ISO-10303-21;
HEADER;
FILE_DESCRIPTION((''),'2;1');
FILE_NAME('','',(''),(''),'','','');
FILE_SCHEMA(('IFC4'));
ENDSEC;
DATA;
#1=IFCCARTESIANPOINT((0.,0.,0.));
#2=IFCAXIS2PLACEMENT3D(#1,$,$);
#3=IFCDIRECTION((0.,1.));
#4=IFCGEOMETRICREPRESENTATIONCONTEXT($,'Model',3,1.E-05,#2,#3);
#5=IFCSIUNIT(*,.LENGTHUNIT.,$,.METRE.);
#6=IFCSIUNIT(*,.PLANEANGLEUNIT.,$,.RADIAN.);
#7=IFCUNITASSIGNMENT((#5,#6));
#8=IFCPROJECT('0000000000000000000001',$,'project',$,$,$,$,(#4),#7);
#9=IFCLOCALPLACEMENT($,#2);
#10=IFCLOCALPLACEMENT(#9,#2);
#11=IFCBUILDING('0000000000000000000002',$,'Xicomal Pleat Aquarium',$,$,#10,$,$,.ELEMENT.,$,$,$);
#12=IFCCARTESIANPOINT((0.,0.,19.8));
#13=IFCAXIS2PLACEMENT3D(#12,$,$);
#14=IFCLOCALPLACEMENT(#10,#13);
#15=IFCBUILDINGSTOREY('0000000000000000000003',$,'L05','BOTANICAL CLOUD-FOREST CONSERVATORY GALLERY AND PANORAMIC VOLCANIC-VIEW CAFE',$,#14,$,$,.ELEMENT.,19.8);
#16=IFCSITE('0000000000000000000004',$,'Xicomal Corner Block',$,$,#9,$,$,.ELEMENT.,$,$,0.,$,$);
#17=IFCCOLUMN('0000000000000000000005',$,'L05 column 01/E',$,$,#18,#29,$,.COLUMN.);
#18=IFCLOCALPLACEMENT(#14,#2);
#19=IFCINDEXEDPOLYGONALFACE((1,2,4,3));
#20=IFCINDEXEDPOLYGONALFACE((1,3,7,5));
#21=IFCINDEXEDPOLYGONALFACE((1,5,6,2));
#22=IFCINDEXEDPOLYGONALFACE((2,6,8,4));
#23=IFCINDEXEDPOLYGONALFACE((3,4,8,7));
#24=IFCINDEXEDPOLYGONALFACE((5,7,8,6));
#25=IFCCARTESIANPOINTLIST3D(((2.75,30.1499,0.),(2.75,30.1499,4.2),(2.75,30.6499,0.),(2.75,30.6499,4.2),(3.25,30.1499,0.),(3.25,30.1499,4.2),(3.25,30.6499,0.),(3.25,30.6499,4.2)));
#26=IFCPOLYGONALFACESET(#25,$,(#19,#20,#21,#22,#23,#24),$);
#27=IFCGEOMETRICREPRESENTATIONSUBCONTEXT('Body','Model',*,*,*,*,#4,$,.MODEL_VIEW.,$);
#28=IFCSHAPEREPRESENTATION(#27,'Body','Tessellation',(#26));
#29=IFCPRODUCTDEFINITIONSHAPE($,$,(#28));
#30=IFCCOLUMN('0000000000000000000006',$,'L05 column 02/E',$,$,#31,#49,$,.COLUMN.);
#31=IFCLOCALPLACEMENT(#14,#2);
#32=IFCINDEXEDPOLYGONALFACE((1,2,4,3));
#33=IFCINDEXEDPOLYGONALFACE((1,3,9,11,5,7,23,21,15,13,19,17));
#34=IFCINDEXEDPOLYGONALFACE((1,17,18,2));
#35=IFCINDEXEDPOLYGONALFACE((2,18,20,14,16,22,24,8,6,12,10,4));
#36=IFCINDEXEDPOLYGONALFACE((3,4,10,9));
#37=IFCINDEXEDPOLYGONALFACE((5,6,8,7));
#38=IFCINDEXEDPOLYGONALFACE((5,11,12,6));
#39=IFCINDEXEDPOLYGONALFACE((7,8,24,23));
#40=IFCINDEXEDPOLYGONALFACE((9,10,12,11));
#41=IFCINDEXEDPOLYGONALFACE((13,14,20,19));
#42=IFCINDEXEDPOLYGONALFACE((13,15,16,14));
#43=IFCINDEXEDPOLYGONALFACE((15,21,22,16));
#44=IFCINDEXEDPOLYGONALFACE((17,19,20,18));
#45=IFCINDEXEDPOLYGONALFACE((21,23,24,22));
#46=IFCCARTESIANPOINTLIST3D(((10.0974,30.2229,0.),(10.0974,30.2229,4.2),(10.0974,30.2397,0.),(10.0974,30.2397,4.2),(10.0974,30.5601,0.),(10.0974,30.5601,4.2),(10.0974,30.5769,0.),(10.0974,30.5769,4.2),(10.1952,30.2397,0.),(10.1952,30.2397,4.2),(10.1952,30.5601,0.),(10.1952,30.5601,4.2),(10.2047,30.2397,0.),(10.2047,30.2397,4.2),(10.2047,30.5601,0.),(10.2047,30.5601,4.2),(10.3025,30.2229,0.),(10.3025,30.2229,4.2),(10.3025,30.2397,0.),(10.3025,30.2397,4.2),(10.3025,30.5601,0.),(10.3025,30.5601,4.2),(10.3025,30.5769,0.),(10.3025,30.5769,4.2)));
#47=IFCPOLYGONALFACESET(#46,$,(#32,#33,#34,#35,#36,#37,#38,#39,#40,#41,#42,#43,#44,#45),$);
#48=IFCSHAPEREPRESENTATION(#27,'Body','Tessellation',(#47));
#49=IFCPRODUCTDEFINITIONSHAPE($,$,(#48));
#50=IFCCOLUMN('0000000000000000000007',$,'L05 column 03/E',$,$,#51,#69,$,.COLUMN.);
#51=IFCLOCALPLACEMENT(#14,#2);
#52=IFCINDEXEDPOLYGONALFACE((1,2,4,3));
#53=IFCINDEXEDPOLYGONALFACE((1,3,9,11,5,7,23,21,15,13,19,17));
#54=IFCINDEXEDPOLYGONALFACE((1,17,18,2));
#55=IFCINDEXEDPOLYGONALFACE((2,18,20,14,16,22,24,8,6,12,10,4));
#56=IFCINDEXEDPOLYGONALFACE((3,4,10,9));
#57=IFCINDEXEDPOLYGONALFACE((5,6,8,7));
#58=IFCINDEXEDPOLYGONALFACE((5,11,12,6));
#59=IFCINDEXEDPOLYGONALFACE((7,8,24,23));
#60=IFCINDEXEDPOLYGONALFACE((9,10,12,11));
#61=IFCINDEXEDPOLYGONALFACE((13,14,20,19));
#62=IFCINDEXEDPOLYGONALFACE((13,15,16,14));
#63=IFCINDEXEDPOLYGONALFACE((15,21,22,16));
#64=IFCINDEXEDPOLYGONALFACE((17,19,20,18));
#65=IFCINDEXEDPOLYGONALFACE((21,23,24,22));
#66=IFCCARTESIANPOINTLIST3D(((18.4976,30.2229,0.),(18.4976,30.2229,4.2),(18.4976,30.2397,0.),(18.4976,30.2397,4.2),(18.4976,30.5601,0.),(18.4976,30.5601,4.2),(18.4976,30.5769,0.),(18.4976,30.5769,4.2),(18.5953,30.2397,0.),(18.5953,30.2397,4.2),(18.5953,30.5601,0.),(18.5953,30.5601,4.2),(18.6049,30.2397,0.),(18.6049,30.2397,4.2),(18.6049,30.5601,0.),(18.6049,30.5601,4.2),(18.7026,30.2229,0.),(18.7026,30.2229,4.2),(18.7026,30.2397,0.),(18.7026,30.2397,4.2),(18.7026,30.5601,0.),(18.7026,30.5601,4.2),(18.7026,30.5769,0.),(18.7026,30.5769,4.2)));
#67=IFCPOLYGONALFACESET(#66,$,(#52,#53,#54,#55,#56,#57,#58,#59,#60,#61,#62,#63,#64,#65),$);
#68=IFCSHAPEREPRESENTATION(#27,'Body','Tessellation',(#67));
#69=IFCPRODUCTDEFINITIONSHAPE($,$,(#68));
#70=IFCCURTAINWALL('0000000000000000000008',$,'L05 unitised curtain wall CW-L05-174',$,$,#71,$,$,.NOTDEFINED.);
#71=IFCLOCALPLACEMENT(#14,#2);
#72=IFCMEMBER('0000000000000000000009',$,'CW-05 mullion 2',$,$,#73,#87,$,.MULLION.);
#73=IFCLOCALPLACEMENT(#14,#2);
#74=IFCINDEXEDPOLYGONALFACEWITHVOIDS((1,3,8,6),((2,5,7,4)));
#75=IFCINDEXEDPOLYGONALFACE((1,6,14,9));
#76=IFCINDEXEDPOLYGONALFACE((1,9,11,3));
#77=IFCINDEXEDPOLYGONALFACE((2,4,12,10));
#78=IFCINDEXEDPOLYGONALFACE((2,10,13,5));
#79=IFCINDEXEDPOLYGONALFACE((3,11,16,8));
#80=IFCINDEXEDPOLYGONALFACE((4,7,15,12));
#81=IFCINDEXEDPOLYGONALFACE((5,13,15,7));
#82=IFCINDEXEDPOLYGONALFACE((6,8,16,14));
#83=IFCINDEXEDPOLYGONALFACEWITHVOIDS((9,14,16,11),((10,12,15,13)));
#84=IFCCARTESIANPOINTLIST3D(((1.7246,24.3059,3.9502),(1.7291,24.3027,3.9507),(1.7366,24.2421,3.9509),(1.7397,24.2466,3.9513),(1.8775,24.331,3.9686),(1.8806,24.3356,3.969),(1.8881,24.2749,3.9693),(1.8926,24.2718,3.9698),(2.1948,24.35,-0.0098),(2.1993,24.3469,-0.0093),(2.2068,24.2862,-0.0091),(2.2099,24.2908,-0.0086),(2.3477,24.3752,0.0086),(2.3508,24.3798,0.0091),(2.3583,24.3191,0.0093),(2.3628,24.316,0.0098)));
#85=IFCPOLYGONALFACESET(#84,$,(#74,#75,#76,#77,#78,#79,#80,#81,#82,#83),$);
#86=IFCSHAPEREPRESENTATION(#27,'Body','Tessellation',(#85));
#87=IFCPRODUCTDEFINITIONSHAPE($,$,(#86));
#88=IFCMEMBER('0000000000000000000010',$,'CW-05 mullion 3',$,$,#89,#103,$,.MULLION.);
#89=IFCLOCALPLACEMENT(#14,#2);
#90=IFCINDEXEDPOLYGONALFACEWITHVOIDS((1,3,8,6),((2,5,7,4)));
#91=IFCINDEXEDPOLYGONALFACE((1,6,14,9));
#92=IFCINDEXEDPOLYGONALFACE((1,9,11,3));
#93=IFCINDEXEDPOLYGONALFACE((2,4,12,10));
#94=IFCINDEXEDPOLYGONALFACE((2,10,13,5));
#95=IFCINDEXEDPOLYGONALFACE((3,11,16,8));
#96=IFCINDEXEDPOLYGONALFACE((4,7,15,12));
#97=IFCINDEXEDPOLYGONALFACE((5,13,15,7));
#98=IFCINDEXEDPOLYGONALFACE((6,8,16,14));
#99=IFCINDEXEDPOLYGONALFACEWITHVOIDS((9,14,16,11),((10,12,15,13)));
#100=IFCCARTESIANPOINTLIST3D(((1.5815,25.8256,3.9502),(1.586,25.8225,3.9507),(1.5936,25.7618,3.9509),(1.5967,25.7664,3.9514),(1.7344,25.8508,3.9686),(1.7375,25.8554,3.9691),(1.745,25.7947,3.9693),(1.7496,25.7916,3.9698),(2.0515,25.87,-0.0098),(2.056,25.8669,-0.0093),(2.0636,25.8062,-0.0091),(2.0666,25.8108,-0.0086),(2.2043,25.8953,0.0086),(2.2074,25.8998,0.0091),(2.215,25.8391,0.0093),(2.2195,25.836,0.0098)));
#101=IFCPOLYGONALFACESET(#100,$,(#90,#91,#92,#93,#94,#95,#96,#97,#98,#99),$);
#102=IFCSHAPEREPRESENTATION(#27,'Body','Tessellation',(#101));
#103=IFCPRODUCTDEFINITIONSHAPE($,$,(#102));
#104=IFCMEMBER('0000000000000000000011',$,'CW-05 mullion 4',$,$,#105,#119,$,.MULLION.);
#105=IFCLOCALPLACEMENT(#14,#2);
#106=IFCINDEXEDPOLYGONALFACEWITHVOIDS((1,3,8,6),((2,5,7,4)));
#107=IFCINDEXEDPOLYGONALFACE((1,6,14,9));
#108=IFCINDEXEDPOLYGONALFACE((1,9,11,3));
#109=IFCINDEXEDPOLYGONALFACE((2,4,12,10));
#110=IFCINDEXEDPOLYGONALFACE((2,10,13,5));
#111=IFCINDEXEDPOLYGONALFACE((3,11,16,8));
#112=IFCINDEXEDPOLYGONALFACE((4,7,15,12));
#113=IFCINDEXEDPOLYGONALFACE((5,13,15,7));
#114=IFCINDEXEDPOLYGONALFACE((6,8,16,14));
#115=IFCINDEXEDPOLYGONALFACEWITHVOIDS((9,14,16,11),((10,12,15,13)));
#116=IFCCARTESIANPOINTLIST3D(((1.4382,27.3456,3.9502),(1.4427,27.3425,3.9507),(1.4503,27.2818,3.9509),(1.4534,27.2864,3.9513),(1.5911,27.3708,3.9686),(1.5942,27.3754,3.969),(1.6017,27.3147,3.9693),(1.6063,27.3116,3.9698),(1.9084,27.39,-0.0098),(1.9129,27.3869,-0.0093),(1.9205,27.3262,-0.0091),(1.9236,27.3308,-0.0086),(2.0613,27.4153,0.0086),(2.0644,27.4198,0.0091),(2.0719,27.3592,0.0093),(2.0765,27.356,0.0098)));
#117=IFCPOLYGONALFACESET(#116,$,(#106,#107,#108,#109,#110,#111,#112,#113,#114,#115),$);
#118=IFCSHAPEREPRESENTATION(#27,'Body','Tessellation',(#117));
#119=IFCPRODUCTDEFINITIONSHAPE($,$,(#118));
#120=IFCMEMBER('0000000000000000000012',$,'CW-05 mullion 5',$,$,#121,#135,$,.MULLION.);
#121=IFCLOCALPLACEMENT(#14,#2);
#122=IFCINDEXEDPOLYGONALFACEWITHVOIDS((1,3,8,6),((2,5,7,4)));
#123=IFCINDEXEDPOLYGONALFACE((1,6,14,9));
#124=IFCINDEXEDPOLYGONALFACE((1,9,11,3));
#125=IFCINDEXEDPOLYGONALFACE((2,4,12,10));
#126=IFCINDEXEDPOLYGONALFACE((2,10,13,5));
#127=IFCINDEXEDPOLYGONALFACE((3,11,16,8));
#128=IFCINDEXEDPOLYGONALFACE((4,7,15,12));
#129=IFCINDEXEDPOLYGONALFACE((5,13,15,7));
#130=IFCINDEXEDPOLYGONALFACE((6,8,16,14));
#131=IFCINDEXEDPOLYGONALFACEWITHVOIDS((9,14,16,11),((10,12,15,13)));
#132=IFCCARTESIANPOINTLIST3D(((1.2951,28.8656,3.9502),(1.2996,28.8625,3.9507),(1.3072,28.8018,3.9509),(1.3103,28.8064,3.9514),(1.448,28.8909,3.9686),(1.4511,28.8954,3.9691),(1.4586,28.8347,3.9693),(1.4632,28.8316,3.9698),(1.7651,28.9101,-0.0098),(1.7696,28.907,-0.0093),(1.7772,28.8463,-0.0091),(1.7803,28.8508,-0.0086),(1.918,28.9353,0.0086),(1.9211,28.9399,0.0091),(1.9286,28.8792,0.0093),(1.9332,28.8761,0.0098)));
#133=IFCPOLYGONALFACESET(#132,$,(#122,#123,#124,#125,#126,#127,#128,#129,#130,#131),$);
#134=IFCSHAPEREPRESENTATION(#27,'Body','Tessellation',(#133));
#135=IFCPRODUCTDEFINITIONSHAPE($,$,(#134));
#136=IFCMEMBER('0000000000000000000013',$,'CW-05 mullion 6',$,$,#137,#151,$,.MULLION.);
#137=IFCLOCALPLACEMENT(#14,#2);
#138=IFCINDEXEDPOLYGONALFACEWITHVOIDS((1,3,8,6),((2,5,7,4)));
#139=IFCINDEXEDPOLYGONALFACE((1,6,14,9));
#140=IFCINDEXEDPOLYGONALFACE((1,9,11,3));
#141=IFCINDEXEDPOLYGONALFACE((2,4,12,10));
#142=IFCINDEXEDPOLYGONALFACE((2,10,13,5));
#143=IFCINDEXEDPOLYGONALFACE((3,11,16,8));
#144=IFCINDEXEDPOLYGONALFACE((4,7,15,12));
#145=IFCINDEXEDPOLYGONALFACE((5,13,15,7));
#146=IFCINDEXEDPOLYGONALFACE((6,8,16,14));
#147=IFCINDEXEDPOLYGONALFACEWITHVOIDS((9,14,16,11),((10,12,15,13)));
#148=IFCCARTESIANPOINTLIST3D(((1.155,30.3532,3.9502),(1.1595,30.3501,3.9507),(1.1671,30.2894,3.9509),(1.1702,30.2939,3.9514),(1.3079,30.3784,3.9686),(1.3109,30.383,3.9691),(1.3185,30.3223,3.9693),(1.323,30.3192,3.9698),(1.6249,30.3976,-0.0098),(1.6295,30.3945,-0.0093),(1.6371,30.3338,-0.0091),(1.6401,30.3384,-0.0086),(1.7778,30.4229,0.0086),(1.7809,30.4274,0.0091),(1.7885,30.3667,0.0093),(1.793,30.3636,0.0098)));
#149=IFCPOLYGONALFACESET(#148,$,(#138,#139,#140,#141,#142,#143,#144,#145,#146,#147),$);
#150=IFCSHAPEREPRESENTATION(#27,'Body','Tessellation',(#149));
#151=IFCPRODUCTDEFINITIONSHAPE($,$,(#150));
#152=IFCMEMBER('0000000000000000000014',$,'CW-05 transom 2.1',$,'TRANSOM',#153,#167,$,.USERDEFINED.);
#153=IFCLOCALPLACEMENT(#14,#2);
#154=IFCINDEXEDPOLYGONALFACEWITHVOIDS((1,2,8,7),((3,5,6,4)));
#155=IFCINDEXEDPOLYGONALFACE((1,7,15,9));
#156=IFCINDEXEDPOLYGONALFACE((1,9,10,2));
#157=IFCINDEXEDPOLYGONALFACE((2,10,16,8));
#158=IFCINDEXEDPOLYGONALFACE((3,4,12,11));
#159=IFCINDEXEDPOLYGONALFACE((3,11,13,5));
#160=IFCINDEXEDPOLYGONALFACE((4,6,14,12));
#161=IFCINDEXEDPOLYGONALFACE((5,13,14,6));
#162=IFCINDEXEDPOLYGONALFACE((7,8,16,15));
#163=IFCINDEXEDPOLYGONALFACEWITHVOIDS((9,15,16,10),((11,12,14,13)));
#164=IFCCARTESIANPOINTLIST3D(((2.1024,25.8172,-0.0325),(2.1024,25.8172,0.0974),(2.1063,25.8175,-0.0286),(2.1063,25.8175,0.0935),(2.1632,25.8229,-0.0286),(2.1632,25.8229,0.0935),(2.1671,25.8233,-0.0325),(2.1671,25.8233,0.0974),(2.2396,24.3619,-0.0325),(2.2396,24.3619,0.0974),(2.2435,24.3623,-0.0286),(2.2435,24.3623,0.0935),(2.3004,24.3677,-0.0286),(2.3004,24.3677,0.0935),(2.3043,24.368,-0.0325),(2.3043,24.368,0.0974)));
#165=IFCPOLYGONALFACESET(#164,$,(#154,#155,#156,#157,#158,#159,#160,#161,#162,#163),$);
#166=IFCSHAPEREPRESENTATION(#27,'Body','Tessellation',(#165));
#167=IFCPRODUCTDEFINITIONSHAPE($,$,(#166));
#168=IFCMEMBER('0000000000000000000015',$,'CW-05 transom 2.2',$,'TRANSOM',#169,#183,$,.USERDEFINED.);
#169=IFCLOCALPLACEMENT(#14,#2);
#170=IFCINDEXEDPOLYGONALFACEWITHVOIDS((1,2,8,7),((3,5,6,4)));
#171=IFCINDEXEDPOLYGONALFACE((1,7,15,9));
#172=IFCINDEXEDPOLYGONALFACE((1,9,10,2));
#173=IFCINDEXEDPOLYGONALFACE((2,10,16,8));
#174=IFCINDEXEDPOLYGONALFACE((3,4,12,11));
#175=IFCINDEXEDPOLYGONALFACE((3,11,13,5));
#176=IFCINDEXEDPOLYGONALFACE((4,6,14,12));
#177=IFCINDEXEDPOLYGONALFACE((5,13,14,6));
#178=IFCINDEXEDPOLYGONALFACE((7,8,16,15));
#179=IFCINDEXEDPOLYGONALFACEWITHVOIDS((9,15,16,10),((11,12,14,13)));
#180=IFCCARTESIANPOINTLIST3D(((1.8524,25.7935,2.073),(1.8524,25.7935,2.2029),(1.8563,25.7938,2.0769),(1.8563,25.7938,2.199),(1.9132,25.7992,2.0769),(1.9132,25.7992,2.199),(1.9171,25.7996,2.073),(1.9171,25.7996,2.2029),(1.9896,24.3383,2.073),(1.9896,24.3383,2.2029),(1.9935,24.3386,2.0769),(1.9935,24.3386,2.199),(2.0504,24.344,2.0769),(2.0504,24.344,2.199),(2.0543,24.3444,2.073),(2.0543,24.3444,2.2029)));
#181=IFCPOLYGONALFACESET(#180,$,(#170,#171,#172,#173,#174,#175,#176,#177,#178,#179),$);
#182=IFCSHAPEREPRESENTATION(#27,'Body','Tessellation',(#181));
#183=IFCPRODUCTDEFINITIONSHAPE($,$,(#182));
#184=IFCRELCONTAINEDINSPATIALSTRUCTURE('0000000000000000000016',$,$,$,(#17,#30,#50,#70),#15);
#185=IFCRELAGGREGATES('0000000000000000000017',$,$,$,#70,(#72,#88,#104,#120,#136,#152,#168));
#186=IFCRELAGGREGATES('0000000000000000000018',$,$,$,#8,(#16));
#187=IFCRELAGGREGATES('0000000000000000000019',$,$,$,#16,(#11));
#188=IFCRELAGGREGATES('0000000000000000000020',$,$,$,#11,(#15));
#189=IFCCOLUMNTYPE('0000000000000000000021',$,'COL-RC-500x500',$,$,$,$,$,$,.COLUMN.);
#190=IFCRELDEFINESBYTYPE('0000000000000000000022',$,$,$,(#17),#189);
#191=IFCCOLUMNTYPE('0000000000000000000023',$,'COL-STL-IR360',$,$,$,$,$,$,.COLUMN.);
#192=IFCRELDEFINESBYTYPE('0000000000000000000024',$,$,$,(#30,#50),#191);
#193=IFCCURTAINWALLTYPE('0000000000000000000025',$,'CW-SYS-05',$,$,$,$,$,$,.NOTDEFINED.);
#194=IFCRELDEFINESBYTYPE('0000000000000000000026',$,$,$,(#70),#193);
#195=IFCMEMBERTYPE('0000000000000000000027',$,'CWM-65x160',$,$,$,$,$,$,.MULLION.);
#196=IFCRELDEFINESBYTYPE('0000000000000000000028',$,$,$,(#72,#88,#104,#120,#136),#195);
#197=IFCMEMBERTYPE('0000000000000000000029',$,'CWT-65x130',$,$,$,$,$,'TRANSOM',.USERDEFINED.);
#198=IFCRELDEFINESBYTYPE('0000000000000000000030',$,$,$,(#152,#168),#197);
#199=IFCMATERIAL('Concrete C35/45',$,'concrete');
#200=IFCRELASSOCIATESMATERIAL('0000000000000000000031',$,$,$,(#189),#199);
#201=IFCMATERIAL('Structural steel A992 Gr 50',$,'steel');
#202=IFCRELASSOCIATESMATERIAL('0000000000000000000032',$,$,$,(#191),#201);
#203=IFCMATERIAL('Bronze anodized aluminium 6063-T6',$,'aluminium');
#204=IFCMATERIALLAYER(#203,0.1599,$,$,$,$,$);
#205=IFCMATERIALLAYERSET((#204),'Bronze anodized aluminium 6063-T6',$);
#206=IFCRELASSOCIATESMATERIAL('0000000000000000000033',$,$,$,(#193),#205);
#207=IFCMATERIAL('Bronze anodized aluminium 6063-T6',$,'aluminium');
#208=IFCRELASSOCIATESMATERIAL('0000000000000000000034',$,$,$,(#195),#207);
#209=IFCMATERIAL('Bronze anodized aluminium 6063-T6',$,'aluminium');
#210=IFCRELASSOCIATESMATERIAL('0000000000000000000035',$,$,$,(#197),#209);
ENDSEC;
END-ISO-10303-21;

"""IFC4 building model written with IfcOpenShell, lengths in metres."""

from ifc_helpers import new_model, si_unit, direction, frame, origin, origin_2d, place, context, subcontext, project, spatial, rectangle, hollow_rectangle, i_section, extrude, material, layer, layer_set, material_profile, profile_set, type_object, element, aggregate, save


model = new_model("IFC4")

# Units and contexts
model_context = context("Model", 3, precision=1e-05, world=origin(), true_north=direction((0.0, 1.0)))
body_context = subcontext(model_context, "Body", "Model", "MODEL_VIEW")
ifc_project = project(units=[si_unit("LENGTHUNIT", "METRE"), si_unit("PLANEANGLEUNIT", "RADIAN")], contexts=[model_context])

# Site, building, storey
site_placement = place(None, origin())
site = spatial("IfcSite", under=ifc_project, at=site_placement, Name="Xicomal Corner Block", CompositionType="ELEMENT", RefElevation=0.0)
building_placement = place(site_placement, origin())
building = spatial("IfcBuilding", under=site, at=building_placement, Name="Xicomal Pleat Aquarium", CompositionType="ELEMENT")
storey_placement = place(building_placement, frame((0.0, 0.0, 19.8)))
storey = spatial("IfcBuildingStorey", under=building, at=storey_placement, Name="L05", Description="BOTANICAL CLOUD-FOREST CONSERVATORY GALLERY AND PANORAMIC VOLCANIC-VIEW CAFE", CompositionType="ELEMENT", Elevation=19.8)

# Columns
ifc_material_1 = material(Name="Concrete C35/45", Category="concrete")
ifc_material_profile_1 = material_profile(ifc_material_1, rectangle(XDim=0.5, YDim=0.5, at=origin_2d()), Name="RC 500x500")
ifc_profile_set_1 = profile_set([ifc_material_profile_1], Name="Concrete C35/45")
column_type_1 = type_object("IfcColumnType", Name="COL-RC-500x500", PredefinedType="COLUMN", material=ifc_profile_set_1)
column_placement = place(storey_placement, frame((3.0, 30.3999, 0.0), z_axis=(0.0, 0.0, 1.0), x_axis=(1.0, 0.0, 0.0)))
element("IfcColumn", 1, at=column_placement, inside=storey, type_object=column_type_1, Name="L05 column 01/E", PredefinedType="COLUMN", context=body_context, shape_type="SweptSolid", body=[
    extrude(rectangle(XDim=0.5, YDim=0.5, at=origin_2d()), origin(), (0.0, 0.0, 1.0), 4.2),
])
ifc_material_2 = material(Name="Structural steel A992 Gr 50", Category="steel")
ifc_material_profile_2 = material_profile(ifc_material_2, i_section(OverallWidth=0.2051, OverallDepth=0.354, WebThickness=0.0095, FlangeThickness=0.0168, at=origin_2d()), Name="IR 360x79")
ifc_profile_set_2 = profile_set([ifc_material_profile_2], Name="Structural steel A992 Gr 50")
column_type_2 = type_object("IfcColumnType", Name="COL-STL-IR360", PredefinedType="COLUMN", material=ifc_profile_set_2)
for number, where, z_axis, x_axis, name in (
    (2, (10.2, 30.3999, 0.0), (0.0, 0.0, 1.0), (1.0, 0.0, 0.0), "L05 column 02/E"),
    (3, (18.6001, 30.3999, 0.0), (0.0, 0.0, 1.0), (1.0, 0.0, 0.0), "L05 column 03/E"),
):
    element("IfcColumn", number, at=place(storey_placement, frame(where, z_axis=z_axis, x_axis=x_axis)), inside=storey, type_object=column_type_2, Name=name, PredefinedType="COLUMN", context=body_context, shape_type="SweptSolid", body=[
        extrude(i_section(OverallWidth=0.2051, OverallDepth=0.354, WebThickness=0.0095, FlangeThickness=0.0168, at=origin_2d()), origin(), (0.0, 0.0, 1.0), 4.2),
    ])

# Curtain wall, members
ifc_material_3 = material(Name="Bronze anodized aluminium 6063-T6", Category="aluminium")
ifc_layer_1 = layer(ifc_material_3, 0.1599)
ifc_layer_set_1 = layer_set([ifc_layer_1], Name="Bronze anodized aluminium 6063-T6")
curtain_wall_type_1 = type_object("IfcCurtainWallType", Name="CW-SYS-05", PredefinedType="NOTDEFINED", material=ifc_layer_set_1)
curtain_wall_1_placement = place(storey_placement, origin())
curtain_wall_1 = element("IfcCurtainWall", 4, at=curtain_wall_1_placement, inside=storey, type_object=curtain_wall_type_1, Name="L05 unitised curtain wall CW-L05-174", PredefinedType="NOTDEFINED")
ifc_material_4 = material(Name="Bronze anodized aluminium 6063-T6", Category="aluminium")
ifc_material_profile_3 = material_profile(ifc_material_4, hollow_rectangle(XDim=0.0649, YDim=0.1599, WallThickness=0.0039, at=origin_2d()), Name="ALU MULL 65x160")
ifc_profile_set_3 = profile_set([ifc_material_profile_3], Name="Bronze anodized aluminium 6063-T6")
member_type_1 = type_object("IfcMemberType", Name="CWM-65x160", PredefinedType="MULLION", material=ifc_profile_set_3)
member_1_placement = place(storey_placement, frame((2.2788, 24.333, 0.0), z_axis=(-0.117907, -0.011081, 0.992963), x_axis=(-0.185879, 0.98251, -0.011108)))
member_1 = element("IfcMember", 5, at=member_1_placement, type_object=member_type_1, Name="CW-05 mullion 2", PredefinedType="MULLION", context=body_context, shape_type="SweptSolid", body=[
    extrude(hollow_rectangle(XDim=0.0649, YDim=0.1599, WallThickness=0.0039, at=origin_2d()), origin(), (0.0, 0.0, 1.0), 3.988),
])
member_2_placement = place(storey_placement, frame((2.1355, 25.853, 0.0), z_axis=(-0.117846, -0.011142, 0.992969), x_axis=(-0.186433, 0.982405, -0.011103)))
member_2 = element("IfcMember", 6, at=member_2_placement, type_object=member_type_1, Name="CW-05 mullion 3", PredefinedType="MULLION", context=body_context, shape_type="SweptSolid", body=[
    extrude(hollow_rectangle(XDim=0.0649, YDim=0.1599, WallThickness=0.0039, at=origin_2d()), origin(), (0.0, 0.0, 1.0), 3.988),
])
member_3_placement = place(storey_placement, frame((1.9924, 27.373, 0.0), z_axis=(-0.117907, -0.011142, 0.992962), x_axis=(-0.186385, 0.982414, -0.011108)))
member_3 = element("IfcMember", 7, at=member_3_placement, type_object=member_type_1, Name="CW-05 mullion 4", PredefinedType="MULLION", context=body_context, shape_type="SweptSolid", body=[
    extrude(hollow_rectangle(XDim=0.0649, YDim=0.1599, WallThickness=0.0039, at=origin_2d()), origin(), (0.0, 0.0, 1.0), 3.988),
])
member_4_placement = place(storey_placement, frame((1.8491, 28.8931, 0.0), z_axis=(-0.117846, -0.011142, 0.992969), x_axis=(-0.186433, 0.982405, -0.011103)))
member_4 = element("IfcMember", 8, at=member_4_placement, type_object=member_type_1, Name="CW-05 mullion 5", PredefinedType="MULLION", context=body_context, shape_type="SweptSolid", body=[
    extrude(hollow_rectangle(XDim=0.0649, YDim=0.1599, WallThickness=0.0039, at=origin_2d()), origin(), (0.0, 0.0, 1.0), 3.988),
])
member_5_placement = place(storey_placement, frame((1.709, 30.3806, 0.0), z_axis=(-0.117846, -0.011142, 0.992969), x_axis=(-0.186433, 0.982405, -0.011103)))
member_5 = element("IfcMember", 9, at=member_5_placement, type_object=member_type_1, Name="CW-05 mullion 6", PredefinedType="MULLION", context=body_context, shape_type="SweptSolid", body=[
    extrude(hollow_rectangle(XDim=0.0649, YDim=0.1599, WallThickness=0.0039, at=origin_2d()), origin(), (0.0, 0.0, 1.0), 3.988),
])
ifc_material_5 = material(Name="Bronze anodized aluminium 6063-T6", Category="aluminium")
ifc_material_profile_4 = material_profile(ifc_material_5, hollow_rectangle(XDim=0.0649, YDim=0.1299, WallThickness=0.0039, at=origin_2d()), Name="ALU TRAN 65x130")
ifc_profile_set_4 = profile_set([ifc_material_profile_4], Name="Bronze anodized aluminium 6063-T6")
member_type_2 = type_object("IfcMemberType", Name="CWT-65x130", ElementType="TRANSOM", PredefinedType="USERDEFINED", material=ifc_profile_set_4)
member_6_placement = place(storey_placement, frame((2.272, 24.365, 0.0325), z_axis=(-0.093863, 0.995585, 0.0), x_axis=(-0.995585, -0.093863, 0.0)))
member_6 = element("IfcMember", 10, at=member_6_placement, type_object=member_type_2, Name="CW-05 transom 2.1", ObjectType="TRANSOM", PredefinedType="USERDEFINED", context=body_context, shape_type="SweptSolid", body=[
    extrude(hollow_rectangle(XDim=0.0649, YDim=0.1299, WallThickness=0.0039, at=origin_2d()), origin(), (0.0, 0.0, 1.0), 1.4617),
])
member_7_placement = place(storey_placement, frame((2.022, 24.3413, 2.1379), z_axis=(-0.093863, 0.995585, 0.0), x_axis=(-0.995585, -0.093863, 0.0)))
member_7 = element("IfcMember", 11, at=member_7_placement, type_object=member_type_2, Name="CW-05 transom 2.2", ObjectType="TRANSOM", PredefinedType="USERDEFINED", context=body_context, shape_type="SweptSolid", body=[
    extrude(hollow_rectangle(XDim=0.0649, YDim=0.1299, WallThickness=0.0039, at=origin_2d()), origin(), (0.0, 0.0, 1.0), 1.4617),
])

aggregate(curtain_wall_1, [member_1, member_2, member_3, member_4, member_5, member_6, member_7])

save(model, "model.ifc")
